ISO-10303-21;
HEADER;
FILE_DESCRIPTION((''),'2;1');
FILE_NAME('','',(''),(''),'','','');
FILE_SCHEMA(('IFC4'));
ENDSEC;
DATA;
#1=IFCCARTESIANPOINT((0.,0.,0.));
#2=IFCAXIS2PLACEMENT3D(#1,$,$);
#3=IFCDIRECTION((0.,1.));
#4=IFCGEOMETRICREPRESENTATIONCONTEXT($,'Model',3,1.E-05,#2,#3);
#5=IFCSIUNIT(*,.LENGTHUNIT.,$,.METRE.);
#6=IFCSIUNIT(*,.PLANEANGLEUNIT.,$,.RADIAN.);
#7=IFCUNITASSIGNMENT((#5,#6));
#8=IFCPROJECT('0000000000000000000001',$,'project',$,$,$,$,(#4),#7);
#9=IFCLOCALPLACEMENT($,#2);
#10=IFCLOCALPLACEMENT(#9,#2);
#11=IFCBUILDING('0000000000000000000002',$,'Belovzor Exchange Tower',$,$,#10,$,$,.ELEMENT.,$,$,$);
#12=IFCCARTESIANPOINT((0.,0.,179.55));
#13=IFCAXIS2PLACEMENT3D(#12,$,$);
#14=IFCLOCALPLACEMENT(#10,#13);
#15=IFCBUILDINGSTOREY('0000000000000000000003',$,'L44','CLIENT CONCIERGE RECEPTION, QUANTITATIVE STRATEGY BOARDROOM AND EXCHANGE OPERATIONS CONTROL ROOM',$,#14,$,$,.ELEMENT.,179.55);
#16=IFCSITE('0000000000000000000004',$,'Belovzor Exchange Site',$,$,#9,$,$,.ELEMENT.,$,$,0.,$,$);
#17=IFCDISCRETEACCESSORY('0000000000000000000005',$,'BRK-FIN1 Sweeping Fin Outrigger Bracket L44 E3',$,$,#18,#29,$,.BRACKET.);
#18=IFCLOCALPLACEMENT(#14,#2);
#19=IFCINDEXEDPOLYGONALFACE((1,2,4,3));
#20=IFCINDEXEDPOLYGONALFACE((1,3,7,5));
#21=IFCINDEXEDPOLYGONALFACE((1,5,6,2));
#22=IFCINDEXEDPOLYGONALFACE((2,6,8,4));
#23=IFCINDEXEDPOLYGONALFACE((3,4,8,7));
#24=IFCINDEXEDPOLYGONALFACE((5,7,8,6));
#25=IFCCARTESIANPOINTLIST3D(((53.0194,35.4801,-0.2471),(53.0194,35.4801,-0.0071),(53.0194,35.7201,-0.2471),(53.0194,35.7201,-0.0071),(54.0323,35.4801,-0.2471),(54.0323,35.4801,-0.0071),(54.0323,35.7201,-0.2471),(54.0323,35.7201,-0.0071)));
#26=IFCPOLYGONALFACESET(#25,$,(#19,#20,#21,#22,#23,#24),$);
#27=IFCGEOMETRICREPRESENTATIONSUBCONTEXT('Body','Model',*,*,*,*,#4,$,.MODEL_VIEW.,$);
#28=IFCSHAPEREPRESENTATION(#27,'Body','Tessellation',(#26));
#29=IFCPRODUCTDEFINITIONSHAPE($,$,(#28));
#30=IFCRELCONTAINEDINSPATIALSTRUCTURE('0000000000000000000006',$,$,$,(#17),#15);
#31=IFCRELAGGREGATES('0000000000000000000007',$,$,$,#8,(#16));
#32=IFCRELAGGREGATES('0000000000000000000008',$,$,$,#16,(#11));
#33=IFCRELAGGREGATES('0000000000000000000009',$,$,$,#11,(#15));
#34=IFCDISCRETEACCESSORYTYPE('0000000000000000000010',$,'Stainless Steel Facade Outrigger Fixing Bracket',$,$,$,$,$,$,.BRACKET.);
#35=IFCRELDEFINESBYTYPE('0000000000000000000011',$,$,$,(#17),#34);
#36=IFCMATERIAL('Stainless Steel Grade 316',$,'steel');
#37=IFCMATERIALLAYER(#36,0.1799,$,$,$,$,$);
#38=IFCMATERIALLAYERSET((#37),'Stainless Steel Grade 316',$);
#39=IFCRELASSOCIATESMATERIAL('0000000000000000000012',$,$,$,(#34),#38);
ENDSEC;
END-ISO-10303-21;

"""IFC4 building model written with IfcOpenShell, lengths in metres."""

from ifc_helpers import new_model, si_unit, direction, frame, origin, origin_2d, place, context, subcontext, project, spatial, rectangle, extrude, material, layer, layer_set, type_object, element, save


model = new_model("IFC4")

# Units and contexts
model_context = context("Model", 3, precision=1e-05, world=origin(), true_north=direction((0.0, 1.0)))
body_context = subcontext(model_context, "Body", "Model", "MODEL_VIEW")
ifc_project = project(units=[si_unit("LENGTHUNIT", "METRE"), si_unit("PLANEANGLEUNIT", "RADIAN")], contexts=[model_context])

# Site, building, storey
site_placement = place(None, origin())
site = spatial("IfcSite", under=ifc_project, at=site_placement, Name="Belovzor Exchange Site", CompositionType="ELEMENT", RefElevation=0.0)
building_placement = place(site_placement, origin())
building = spatial("IfcBuilding", under=site, at=building_placement, Name="Belovzor Exchange Tower", CompositionType="ELEMENT")
storey_placement = place(building_placement, frame((0.0, 0.0, 179.55)))
storey = spatial("IfcBuildingStorey", under=building, at=storey_placement, Name="L44", Description="CLIENT CONCIERGE RECEPTION, QUANTITATIVE STRATEGY BOARDROOM AND EXCHANGE OPERATIONS CONTROL ROOM", CompositionType="ELEMENT", Elevation=179.55)

# Discrete accessory
ifc_material_1 = material(Name="Stainless Steel Grade 316", Category="steel")
ifc_layer_1 = layer(ifc_material_1, 0.1799)
ifc_layer_set_1 = layer_set([ifc_layer_1], Name="Stainless Steel Grade 316")
discrete_accessory_type = type_object("IfcDiscreteAccessoryType", Name="Stainless Steel Facade Outrigger Fixing Bracket", PredefinedType="BRACKET", material=ifc_layer_set_1)
discrete_accessory_placement = place(storey_placement, frame((53.5259, 35.6001, -0.2471), z_axis=(0.0, 0.0, 1.0), x_axis=(1.0, 0.0, 0.0)))
element("IfcDiscreteAccessory", 1, at=discrete_accessory_placement, inside=storey, type_object=discrete_accessory_type, Name="BRK-FIN1 Sweeping Fin Outrigger Bracket L44 E3", PredefinedType="BRACKET", context=body_context, shape_type="SweptSolid", body=[
    extrude(rectangle(XDim=1.0129, YDim=0.24, at=origin_2d()), origin(), (0.0, 0.0, 1.0), 0.24),
])

save(model, "model.ifc")
